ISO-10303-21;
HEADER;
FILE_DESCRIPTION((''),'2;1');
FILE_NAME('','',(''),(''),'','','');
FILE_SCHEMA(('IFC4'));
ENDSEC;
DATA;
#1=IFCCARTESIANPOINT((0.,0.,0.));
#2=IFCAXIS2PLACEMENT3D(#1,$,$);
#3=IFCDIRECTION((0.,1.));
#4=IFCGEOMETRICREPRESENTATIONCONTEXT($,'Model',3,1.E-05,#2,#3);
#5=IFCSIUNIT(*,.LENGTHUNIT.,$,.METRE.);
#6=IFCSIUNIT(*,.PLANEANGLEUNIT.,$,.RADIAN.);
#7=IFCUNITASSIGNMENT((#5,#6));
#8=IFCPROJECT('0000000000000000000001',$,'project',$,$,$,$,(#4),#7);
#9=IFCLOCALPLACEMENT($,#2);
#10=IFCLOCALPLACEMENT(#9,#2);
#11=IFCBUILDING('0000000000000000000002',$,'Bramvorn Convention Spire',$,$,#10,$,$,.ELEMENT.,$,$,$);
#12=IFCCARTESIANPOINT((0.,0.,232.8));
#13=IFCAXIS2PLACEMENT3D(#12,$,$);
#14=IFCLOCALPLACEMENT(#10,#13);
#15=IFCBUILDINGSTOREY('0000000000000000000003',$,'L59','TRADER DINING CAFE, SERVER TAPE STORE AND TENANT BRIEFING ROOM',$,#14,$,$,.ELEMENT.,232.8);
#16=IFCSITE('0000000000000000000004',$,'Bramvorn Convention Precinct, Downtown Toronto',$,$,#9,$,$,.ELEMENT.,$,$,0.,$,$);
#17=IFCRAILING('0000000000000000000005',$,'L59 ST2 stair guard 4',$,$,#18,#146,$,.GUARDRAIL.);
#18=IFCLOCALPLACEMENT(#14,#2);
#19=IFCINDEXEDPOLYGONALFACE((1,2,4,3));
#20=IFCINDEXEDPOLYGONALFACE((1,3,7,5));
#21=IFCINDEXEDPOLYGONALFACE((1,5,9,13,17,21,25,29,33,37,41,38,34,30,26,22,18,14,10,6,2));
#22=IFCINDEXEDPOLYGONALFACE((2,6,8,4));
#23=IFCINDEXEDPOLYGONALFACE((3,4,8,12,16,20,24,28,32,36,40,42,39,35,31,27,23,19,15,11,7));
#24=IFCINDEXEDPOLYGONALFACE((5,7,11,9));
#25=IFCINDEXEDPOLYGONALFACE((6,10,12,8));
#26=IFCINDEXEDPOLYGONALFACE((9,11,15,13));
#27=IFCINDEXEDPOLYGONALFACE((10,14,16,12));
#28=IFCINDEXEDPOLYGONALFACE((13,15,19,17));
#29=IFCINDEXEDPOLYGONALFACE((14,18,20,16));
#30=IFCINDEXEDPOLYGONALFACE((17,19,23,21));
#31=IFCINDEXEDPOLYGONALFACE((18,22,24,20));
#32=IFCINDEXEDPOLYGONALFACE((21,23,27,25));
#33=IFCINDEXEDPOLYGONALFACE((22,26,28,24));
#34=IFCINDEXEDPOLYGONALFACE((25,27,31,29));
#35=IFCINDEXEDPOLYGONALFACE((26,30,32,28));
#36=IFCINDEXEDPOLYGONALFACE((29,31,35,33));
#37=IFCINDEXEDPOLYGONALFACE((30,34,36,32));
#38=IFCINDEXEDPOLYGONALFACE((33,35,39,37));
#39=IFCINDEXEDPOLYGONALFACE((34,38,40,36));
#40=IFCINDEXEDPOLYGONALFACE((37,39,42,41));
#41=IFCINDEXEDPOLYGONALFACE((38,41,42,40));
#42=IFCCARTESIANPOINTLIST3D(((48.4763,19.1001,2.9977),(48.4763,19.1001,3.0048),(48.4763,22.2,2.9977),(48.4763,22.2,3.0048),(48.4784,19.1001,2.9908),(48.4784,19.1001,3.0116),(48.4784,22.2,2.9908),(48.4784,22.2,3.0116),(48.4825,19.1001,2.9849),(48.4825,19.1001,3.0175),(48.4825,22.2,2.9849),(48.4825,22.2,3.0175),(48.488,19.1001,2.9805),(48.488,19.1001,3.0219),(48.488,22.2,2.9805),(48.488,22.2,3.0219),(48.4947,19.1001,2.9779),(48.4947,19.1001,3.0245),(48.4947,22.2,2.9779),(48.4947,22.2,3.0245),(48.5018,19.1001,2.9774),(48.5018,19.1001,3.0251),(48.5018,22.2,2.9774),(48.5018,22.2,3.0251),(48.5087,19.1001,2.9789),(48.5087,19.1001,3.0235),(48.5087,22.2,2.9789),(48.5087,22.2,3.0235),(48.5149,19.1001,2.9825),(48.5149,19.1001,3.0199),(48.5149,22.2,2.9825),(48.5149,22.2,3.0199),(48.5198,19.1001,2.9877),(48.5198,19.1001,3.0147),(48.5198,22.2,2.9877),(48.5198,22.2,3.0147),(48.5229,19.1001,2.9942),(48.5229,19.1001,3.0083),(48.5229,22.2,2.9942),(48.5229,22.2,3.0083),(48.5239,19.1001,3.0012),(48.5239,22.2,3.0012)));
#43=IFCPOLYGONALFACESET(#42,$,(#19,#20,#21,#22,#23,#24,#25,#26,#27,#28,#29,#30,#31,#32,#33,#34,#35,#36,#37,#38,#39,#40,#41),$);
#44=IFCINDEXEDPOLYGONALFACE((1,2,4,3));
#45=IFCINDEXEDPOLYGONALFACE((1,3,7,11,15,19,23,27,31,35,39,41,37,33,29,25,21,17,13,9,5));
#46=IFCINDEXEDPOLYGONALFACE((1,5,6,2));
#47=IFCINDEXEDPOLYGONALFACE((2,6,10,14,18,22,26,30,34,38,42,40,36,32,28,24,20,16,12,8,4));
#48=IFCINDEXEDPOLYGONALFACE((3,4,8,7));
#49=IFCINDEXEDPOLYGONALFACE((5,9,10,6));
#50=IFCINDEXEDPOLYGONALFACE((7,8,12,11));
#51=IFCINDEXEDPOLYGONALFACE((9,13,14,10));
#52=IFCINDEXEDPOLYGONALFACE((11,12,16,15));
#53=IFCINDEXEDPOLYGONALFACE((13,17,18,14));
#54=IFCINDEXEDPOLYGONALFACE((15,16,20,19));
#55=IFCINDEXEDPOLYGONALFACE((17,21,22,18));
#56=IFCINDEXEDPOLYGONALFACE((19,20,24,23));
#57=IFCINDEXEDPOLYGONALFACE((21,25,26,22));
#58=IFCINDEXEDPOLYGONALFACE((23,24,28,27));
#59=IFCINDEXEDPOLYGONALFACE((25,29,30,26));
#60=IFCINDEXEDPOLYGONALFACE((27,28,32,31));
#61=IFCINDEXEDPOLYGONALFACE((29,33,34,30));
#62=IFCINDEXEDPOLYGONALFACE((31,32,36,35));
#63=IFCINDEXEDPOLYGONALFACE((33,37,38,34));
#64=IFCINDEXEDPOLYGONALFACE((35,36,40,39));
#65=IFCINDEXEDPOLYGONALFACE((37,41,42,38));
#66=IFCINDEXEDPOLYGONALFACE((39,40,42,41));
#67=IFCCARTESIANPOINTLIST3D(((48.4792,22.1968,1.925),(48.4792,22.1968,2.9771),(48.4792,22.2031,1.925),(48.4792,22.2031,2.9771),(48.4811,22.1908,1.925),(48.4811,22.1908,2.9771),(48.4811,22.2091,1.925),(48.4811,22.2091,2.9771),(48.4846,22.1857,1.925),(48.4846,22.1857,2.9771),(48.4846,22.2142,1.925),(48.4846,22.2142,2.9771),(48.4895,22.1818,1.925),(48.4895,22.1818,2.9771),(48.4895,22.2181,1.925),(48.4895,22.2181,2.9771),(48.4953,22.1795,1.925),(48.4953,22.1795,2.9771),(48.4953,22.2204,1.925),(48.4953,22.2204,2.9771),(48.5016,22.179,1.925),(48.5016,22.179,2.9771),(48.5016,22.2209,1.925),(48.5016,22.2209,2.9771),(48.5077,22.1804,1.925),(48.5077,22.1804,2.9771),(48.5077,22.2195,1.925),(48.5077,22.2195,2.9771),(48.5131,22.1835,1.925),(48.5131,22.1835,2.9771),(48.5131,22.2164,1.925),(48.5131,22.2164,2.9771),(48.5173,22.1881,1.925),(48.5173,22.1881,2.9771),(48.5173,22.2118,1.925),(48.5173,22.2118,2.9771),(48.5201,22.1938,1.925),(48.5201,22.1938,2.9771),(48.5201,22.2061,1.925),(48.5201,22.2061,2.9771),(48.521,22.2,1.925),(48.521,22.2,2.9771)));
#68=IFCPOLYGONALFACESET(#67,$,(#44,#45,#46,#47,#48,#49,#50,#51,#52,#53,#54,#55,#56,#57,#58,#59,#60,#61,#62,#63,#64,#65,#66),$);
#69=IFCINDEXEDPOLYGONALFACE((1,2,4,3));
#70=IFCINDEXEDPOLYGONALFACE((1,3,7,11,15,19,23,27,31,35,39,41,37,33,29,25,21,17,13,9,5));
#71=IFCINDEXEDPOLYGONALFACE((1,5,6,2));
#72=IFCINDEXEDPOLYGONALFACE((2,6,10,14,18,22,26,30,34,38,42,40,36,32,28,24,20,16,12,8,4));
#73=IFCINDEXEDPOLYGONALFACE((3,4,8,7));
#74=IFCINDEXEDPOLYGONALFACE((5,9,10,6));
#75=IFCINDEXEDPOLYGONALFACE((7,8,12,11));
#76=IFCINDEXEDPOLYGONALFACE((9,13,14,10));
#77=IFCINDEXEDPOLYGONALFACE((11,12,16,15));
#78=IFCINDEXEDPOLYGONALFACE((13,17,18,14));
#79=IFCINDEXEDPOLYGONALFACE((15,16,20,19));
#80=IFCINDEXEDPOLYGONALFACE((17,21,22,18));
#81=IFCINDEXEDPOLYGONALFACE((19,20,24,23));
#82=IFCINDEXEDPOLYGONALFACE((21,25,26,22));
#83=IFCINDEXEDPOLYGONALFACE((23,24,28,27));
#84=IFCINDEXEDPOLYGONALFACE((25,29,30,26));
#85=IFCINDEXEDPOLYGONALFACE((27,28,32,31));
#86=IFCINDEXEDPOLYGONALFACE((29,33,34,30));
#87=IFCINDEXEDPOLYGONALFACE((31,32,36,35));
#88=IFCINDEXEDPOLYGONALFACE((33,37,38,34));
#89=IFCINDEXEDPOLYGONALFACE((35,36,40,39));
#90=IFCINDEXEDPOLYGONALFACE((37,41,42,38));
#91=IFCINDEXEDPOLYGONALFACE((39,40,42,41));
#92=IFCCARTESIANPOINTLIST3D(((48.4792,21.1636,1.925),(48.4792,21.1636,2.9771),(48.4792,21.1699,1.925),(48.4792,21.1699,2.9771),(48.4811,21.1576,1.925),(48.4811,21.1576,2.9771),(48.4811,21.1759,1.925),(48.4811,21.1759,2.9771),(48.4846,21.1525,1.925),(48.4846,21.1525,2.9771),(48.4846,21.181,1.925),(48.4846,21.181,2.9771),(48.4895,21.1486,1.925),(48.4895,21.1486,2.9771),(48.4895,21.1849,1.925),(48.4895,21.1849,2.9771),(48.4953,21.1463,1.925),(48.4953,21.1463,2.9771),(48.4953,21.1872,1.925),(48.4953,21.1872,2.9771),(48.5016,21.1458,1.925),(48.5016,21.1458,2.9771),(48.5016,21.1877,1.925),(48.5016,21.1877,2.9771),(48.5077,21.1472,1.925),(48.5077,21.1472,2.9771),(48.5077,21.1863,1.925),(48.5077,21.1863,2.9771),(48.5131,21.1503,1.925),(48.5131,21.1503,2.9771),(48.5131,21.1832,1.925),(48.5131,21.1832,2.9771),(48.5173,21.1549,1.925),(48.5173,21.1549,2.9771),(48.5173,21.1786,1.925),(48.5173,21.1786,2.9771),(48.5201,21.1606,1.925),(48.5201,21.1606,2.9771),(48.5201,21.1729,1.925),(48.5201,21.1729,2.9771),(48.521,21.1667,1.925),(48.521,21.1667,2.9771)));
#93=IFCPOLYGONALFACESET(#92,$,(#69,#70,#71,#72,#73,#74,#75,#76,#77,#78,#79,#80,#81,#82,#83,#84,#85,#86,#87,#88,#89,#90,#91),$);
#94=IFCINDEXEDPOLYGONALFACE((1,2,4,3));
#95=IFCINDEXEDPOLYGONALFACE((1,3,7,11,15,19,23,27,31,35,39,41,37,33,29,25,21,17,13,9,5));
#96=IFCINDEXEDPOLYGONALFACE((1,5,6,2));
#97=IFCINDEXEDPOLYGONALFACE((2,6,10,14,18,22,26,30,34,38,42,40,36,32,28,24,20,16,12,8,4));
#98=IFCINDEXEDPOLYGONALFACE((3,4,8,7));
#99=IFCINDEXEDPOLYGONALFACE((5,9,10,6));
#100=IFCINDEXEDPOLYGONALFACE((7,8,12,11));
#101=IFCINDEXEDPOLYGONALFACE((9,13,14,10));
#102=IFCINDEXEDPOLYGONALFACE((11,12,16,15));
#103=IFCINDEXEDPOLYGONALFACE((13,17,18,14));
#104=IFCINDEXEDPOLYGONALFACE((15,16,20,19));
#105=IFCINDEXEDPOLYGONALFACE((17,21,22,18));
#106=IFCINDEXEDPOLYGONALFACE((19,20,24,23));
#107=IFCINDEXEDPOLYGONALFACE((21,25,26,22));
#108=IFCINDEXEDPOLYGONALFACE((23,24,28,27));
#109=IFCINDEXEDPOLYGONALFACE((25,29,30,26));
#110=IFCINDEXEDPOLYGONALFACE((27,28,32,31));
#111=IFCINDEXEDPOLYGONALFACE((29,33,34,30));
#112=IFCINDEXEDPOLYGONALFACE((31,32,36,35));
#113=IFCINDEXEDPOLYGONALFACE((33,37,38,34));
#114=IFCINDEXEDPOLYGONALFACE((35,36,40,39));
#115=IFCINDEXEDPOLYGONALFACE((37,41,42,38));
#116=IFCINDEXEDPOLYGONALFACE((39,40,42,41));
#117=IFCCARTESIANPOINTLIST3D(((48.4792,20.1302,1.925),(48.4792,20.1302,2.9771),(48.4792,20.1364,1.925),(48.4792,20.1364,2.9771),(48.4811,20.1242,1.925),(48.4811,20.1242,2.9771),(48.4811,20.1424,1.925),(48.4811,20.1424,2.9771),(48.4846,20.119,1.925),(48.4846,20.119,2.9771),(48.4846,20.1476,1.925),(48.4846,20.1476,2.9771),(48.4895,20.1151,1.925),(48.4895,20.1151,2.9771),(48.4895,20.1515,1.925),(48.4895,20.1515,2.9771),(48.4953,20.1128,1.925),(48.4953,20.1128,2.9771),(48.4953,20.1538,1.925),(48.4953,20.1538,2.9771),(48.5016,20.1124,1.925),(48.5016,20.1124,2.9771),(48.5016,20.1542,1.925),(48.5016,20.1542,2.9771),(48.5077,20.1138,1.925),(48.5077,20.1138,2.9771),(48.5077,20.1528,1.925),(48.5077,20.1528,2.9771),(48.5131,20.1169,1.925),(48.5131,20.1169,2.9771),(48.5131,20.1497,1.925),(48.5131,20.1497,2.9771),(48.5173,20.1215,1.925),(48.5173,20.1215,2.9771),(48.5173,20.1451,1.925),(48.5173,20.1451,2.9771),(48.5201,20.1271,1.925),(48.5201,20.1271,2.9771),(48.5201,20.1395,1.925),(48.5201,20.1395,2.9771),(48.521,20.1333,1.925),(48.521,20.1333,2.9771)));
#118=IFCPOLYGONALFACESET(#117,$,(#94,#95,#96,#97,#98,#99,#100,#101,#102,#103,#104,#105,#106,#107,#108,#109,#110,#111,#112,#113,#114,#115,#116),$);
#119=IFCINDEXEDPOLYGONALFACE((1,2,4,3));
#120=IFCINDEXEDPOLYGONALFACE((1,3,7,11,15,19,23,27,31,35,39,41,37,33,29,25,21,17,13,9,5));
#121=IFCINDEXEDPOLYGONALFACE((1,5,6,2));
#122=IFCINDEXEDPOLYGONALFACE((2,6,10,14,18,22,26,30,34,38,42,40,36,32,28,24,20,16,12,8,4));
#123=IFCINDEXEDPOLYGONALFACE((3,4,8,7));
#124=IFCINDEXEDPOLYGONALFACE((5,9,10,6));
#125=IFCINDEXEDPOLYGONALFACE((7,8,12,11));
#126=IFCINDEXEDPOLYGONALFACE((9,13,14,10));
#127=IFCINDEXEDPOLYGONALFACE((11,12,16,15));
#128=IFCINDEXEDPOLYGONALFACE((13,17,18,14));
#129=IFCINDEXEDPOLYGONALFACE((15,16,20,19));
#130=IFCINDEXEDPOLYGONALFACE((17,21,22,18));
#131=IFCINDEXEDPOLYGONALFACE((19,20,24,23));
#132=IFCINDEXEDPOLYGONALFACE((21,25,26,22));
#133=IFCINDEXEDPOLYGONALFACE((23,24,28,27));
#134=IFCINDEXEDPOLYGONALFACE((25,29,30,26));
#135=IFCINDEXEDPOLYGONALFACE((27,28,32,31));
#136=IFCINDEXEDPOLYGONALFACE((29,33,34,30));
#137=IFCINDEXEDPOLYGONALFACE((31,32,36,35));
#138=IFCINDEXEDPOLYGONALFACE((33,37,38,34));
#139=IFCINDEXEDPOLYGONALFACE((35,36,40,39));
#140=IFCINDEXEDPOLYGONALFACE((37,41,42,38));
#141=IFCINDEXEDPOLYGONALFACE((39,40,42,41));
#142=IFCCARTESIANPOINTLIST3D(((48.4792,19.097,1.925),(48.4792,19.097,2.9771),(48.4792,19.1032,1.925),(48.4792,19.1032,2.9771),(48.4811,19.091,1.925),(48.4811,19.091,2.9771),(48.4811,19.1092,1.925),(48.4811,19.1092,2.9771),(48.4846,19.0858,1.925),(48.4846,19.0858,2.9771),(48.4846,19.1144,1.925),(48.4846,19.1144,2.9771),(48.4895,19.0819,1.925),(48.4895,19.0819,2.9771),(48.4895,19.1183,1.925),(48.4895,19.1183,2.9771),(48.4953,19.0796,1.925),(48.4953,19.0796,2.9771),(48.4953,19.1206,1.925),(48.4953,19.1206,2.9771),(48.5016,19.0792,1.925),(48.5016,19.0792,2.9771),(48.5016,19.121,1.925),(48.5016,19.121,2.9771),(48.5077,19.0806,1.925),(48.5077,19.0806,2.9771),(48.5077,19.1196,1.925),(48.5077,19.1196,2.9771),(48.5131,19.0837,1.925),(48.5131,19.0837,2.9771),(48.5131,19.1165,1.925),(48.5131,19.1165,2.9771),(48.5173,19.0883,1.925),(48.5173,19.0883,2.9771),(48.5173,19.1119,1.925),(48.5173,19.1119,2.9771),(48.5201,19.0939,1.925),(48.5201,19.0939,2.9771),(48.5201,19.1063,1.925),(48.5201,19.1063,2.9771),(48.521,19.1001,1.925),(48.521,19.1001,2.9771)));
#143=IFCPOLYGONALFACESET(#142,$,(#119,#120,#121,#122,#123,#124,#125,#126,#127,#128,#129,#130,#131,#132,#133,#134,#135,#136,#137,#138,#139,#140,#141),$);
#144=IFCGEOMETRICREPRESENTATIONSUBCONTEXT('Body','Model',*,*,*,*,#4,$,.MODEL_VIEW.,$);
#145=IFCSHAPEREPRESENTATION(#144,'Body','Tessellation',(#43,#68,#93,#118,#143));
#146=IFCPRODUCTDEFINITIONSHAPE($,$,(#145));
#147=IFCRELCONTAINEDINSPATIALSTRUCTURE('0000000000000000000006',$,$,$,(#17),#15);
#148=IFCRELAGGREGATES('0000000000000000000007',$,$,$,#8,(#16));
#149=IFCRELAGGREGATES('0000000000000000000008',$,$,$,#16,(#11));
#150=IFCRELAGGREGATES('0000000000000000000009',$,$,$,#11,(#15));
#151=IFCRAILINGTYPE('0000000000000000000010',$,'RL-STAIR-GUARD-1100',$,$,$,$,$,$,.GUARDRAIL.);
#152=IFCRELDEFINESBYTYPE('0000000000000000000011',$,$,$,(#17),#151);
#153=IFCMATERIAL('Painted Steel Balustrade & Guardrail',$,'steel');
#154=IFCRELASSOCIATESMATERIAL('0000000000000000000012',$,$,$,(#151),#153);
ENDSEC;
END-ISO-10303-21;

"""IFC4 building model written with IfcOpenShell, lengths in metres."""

from ifc_helpers import new_model, si_unit, direction, frame, origin, origin_2d, place, context, subcontext, project, spatial, circle, extrude, material, type_object, element, save


model = new_model("IFC4")

# Units and contexts
model_context = context("Model", 3, precision=1e-05, world=origin(), true_north=direction((0.0, 1.0)))
body_context = subcontext(model_context, "Body", "Model", "MODEL_VIEW")
ifc_project = project(units=[si_unit("LENGTHUNIT", "METRE"), si_unit("PLANEANGLEUNIT", "RADIAN")], contexts=[model_context])

# Site, building, storey
site_placement = place(None, origin())
site = spatial("IfcSite", under=ifc_project, at=site_placement, Name="Bramvorn Convention Precinct, Downtown Toronto", CompositionType="ELEMENT", RefElevation=0.0)
building_placement = place(site_placement, origin())
building = spatial("IfcBuilding", under=site, at=building_placement, Name="Bramvorn Convention Spire", CompositionType="ELEMENT")
storey_placement = place(building_placement, frame((0.0, 0.0, 232.8)))
storey = spatial("IfcBuildingStorey", under=building, at=storey_placement, Name="L59", Description="TRADER DINING CAFE, SERVER TAPE STORE AND TENANT BRIEFING ROOM", CompositionType="ELEMENT", Elevation=232.8)

# Railing
ifc_material_1 = material(Name="Painted Steel Balustrade & Guardrail", Category="steel")
railing_type_1 = type_object("IfcRailingType", Name="RL-STAIR-GUARD-1100", PredefinedType="GUARDRAIL", material=ifc_material_1)
railing_1_placement = place(storey_placement, frame((48.5, 22.2, 1.925)))
element("IfcRailing", 1, at=railing_1_placement, inside=storey, type_object=railing_type_1, Name="L59 ST2 stair guard 4", PredefinedType="GUARDRAIL", context=body_context, shape_type="SweptSolid", body=[
    extrude(circle(Radius=0.0239, at=origin_2d()), frame((0.0, 0.0, 1.0762), z_axis=(0.0, -1.0, 0.0), x_axis=(1.0, 0.0, 0.0)), (0.0, 0.0, 1.0), 3.0999),
    extrude(circle(Radius=0.021, at=origin_2d()), origin(), (0.0, 0.0, 1.0), 1.052),
    extrude(circle(Radius=0.021, at=origin_2d()), frame((0.0, -1.0332, 0.0)), (0.0, 0.0, 1.0), 1.052),
    extrude(circle(Radius=0.021, at=origin_2d()), frame((0.0, -2.0667, 0.0)), (0.0, 0.0, 1.0), 1.052),
    extrude(circle(Radius=0.021, at=origin_2d()), frame((0.0, -3.0999, 0.0)), (0.0, 0.0, 1.0), 1.052),
])

save(model, "model.ifc")
